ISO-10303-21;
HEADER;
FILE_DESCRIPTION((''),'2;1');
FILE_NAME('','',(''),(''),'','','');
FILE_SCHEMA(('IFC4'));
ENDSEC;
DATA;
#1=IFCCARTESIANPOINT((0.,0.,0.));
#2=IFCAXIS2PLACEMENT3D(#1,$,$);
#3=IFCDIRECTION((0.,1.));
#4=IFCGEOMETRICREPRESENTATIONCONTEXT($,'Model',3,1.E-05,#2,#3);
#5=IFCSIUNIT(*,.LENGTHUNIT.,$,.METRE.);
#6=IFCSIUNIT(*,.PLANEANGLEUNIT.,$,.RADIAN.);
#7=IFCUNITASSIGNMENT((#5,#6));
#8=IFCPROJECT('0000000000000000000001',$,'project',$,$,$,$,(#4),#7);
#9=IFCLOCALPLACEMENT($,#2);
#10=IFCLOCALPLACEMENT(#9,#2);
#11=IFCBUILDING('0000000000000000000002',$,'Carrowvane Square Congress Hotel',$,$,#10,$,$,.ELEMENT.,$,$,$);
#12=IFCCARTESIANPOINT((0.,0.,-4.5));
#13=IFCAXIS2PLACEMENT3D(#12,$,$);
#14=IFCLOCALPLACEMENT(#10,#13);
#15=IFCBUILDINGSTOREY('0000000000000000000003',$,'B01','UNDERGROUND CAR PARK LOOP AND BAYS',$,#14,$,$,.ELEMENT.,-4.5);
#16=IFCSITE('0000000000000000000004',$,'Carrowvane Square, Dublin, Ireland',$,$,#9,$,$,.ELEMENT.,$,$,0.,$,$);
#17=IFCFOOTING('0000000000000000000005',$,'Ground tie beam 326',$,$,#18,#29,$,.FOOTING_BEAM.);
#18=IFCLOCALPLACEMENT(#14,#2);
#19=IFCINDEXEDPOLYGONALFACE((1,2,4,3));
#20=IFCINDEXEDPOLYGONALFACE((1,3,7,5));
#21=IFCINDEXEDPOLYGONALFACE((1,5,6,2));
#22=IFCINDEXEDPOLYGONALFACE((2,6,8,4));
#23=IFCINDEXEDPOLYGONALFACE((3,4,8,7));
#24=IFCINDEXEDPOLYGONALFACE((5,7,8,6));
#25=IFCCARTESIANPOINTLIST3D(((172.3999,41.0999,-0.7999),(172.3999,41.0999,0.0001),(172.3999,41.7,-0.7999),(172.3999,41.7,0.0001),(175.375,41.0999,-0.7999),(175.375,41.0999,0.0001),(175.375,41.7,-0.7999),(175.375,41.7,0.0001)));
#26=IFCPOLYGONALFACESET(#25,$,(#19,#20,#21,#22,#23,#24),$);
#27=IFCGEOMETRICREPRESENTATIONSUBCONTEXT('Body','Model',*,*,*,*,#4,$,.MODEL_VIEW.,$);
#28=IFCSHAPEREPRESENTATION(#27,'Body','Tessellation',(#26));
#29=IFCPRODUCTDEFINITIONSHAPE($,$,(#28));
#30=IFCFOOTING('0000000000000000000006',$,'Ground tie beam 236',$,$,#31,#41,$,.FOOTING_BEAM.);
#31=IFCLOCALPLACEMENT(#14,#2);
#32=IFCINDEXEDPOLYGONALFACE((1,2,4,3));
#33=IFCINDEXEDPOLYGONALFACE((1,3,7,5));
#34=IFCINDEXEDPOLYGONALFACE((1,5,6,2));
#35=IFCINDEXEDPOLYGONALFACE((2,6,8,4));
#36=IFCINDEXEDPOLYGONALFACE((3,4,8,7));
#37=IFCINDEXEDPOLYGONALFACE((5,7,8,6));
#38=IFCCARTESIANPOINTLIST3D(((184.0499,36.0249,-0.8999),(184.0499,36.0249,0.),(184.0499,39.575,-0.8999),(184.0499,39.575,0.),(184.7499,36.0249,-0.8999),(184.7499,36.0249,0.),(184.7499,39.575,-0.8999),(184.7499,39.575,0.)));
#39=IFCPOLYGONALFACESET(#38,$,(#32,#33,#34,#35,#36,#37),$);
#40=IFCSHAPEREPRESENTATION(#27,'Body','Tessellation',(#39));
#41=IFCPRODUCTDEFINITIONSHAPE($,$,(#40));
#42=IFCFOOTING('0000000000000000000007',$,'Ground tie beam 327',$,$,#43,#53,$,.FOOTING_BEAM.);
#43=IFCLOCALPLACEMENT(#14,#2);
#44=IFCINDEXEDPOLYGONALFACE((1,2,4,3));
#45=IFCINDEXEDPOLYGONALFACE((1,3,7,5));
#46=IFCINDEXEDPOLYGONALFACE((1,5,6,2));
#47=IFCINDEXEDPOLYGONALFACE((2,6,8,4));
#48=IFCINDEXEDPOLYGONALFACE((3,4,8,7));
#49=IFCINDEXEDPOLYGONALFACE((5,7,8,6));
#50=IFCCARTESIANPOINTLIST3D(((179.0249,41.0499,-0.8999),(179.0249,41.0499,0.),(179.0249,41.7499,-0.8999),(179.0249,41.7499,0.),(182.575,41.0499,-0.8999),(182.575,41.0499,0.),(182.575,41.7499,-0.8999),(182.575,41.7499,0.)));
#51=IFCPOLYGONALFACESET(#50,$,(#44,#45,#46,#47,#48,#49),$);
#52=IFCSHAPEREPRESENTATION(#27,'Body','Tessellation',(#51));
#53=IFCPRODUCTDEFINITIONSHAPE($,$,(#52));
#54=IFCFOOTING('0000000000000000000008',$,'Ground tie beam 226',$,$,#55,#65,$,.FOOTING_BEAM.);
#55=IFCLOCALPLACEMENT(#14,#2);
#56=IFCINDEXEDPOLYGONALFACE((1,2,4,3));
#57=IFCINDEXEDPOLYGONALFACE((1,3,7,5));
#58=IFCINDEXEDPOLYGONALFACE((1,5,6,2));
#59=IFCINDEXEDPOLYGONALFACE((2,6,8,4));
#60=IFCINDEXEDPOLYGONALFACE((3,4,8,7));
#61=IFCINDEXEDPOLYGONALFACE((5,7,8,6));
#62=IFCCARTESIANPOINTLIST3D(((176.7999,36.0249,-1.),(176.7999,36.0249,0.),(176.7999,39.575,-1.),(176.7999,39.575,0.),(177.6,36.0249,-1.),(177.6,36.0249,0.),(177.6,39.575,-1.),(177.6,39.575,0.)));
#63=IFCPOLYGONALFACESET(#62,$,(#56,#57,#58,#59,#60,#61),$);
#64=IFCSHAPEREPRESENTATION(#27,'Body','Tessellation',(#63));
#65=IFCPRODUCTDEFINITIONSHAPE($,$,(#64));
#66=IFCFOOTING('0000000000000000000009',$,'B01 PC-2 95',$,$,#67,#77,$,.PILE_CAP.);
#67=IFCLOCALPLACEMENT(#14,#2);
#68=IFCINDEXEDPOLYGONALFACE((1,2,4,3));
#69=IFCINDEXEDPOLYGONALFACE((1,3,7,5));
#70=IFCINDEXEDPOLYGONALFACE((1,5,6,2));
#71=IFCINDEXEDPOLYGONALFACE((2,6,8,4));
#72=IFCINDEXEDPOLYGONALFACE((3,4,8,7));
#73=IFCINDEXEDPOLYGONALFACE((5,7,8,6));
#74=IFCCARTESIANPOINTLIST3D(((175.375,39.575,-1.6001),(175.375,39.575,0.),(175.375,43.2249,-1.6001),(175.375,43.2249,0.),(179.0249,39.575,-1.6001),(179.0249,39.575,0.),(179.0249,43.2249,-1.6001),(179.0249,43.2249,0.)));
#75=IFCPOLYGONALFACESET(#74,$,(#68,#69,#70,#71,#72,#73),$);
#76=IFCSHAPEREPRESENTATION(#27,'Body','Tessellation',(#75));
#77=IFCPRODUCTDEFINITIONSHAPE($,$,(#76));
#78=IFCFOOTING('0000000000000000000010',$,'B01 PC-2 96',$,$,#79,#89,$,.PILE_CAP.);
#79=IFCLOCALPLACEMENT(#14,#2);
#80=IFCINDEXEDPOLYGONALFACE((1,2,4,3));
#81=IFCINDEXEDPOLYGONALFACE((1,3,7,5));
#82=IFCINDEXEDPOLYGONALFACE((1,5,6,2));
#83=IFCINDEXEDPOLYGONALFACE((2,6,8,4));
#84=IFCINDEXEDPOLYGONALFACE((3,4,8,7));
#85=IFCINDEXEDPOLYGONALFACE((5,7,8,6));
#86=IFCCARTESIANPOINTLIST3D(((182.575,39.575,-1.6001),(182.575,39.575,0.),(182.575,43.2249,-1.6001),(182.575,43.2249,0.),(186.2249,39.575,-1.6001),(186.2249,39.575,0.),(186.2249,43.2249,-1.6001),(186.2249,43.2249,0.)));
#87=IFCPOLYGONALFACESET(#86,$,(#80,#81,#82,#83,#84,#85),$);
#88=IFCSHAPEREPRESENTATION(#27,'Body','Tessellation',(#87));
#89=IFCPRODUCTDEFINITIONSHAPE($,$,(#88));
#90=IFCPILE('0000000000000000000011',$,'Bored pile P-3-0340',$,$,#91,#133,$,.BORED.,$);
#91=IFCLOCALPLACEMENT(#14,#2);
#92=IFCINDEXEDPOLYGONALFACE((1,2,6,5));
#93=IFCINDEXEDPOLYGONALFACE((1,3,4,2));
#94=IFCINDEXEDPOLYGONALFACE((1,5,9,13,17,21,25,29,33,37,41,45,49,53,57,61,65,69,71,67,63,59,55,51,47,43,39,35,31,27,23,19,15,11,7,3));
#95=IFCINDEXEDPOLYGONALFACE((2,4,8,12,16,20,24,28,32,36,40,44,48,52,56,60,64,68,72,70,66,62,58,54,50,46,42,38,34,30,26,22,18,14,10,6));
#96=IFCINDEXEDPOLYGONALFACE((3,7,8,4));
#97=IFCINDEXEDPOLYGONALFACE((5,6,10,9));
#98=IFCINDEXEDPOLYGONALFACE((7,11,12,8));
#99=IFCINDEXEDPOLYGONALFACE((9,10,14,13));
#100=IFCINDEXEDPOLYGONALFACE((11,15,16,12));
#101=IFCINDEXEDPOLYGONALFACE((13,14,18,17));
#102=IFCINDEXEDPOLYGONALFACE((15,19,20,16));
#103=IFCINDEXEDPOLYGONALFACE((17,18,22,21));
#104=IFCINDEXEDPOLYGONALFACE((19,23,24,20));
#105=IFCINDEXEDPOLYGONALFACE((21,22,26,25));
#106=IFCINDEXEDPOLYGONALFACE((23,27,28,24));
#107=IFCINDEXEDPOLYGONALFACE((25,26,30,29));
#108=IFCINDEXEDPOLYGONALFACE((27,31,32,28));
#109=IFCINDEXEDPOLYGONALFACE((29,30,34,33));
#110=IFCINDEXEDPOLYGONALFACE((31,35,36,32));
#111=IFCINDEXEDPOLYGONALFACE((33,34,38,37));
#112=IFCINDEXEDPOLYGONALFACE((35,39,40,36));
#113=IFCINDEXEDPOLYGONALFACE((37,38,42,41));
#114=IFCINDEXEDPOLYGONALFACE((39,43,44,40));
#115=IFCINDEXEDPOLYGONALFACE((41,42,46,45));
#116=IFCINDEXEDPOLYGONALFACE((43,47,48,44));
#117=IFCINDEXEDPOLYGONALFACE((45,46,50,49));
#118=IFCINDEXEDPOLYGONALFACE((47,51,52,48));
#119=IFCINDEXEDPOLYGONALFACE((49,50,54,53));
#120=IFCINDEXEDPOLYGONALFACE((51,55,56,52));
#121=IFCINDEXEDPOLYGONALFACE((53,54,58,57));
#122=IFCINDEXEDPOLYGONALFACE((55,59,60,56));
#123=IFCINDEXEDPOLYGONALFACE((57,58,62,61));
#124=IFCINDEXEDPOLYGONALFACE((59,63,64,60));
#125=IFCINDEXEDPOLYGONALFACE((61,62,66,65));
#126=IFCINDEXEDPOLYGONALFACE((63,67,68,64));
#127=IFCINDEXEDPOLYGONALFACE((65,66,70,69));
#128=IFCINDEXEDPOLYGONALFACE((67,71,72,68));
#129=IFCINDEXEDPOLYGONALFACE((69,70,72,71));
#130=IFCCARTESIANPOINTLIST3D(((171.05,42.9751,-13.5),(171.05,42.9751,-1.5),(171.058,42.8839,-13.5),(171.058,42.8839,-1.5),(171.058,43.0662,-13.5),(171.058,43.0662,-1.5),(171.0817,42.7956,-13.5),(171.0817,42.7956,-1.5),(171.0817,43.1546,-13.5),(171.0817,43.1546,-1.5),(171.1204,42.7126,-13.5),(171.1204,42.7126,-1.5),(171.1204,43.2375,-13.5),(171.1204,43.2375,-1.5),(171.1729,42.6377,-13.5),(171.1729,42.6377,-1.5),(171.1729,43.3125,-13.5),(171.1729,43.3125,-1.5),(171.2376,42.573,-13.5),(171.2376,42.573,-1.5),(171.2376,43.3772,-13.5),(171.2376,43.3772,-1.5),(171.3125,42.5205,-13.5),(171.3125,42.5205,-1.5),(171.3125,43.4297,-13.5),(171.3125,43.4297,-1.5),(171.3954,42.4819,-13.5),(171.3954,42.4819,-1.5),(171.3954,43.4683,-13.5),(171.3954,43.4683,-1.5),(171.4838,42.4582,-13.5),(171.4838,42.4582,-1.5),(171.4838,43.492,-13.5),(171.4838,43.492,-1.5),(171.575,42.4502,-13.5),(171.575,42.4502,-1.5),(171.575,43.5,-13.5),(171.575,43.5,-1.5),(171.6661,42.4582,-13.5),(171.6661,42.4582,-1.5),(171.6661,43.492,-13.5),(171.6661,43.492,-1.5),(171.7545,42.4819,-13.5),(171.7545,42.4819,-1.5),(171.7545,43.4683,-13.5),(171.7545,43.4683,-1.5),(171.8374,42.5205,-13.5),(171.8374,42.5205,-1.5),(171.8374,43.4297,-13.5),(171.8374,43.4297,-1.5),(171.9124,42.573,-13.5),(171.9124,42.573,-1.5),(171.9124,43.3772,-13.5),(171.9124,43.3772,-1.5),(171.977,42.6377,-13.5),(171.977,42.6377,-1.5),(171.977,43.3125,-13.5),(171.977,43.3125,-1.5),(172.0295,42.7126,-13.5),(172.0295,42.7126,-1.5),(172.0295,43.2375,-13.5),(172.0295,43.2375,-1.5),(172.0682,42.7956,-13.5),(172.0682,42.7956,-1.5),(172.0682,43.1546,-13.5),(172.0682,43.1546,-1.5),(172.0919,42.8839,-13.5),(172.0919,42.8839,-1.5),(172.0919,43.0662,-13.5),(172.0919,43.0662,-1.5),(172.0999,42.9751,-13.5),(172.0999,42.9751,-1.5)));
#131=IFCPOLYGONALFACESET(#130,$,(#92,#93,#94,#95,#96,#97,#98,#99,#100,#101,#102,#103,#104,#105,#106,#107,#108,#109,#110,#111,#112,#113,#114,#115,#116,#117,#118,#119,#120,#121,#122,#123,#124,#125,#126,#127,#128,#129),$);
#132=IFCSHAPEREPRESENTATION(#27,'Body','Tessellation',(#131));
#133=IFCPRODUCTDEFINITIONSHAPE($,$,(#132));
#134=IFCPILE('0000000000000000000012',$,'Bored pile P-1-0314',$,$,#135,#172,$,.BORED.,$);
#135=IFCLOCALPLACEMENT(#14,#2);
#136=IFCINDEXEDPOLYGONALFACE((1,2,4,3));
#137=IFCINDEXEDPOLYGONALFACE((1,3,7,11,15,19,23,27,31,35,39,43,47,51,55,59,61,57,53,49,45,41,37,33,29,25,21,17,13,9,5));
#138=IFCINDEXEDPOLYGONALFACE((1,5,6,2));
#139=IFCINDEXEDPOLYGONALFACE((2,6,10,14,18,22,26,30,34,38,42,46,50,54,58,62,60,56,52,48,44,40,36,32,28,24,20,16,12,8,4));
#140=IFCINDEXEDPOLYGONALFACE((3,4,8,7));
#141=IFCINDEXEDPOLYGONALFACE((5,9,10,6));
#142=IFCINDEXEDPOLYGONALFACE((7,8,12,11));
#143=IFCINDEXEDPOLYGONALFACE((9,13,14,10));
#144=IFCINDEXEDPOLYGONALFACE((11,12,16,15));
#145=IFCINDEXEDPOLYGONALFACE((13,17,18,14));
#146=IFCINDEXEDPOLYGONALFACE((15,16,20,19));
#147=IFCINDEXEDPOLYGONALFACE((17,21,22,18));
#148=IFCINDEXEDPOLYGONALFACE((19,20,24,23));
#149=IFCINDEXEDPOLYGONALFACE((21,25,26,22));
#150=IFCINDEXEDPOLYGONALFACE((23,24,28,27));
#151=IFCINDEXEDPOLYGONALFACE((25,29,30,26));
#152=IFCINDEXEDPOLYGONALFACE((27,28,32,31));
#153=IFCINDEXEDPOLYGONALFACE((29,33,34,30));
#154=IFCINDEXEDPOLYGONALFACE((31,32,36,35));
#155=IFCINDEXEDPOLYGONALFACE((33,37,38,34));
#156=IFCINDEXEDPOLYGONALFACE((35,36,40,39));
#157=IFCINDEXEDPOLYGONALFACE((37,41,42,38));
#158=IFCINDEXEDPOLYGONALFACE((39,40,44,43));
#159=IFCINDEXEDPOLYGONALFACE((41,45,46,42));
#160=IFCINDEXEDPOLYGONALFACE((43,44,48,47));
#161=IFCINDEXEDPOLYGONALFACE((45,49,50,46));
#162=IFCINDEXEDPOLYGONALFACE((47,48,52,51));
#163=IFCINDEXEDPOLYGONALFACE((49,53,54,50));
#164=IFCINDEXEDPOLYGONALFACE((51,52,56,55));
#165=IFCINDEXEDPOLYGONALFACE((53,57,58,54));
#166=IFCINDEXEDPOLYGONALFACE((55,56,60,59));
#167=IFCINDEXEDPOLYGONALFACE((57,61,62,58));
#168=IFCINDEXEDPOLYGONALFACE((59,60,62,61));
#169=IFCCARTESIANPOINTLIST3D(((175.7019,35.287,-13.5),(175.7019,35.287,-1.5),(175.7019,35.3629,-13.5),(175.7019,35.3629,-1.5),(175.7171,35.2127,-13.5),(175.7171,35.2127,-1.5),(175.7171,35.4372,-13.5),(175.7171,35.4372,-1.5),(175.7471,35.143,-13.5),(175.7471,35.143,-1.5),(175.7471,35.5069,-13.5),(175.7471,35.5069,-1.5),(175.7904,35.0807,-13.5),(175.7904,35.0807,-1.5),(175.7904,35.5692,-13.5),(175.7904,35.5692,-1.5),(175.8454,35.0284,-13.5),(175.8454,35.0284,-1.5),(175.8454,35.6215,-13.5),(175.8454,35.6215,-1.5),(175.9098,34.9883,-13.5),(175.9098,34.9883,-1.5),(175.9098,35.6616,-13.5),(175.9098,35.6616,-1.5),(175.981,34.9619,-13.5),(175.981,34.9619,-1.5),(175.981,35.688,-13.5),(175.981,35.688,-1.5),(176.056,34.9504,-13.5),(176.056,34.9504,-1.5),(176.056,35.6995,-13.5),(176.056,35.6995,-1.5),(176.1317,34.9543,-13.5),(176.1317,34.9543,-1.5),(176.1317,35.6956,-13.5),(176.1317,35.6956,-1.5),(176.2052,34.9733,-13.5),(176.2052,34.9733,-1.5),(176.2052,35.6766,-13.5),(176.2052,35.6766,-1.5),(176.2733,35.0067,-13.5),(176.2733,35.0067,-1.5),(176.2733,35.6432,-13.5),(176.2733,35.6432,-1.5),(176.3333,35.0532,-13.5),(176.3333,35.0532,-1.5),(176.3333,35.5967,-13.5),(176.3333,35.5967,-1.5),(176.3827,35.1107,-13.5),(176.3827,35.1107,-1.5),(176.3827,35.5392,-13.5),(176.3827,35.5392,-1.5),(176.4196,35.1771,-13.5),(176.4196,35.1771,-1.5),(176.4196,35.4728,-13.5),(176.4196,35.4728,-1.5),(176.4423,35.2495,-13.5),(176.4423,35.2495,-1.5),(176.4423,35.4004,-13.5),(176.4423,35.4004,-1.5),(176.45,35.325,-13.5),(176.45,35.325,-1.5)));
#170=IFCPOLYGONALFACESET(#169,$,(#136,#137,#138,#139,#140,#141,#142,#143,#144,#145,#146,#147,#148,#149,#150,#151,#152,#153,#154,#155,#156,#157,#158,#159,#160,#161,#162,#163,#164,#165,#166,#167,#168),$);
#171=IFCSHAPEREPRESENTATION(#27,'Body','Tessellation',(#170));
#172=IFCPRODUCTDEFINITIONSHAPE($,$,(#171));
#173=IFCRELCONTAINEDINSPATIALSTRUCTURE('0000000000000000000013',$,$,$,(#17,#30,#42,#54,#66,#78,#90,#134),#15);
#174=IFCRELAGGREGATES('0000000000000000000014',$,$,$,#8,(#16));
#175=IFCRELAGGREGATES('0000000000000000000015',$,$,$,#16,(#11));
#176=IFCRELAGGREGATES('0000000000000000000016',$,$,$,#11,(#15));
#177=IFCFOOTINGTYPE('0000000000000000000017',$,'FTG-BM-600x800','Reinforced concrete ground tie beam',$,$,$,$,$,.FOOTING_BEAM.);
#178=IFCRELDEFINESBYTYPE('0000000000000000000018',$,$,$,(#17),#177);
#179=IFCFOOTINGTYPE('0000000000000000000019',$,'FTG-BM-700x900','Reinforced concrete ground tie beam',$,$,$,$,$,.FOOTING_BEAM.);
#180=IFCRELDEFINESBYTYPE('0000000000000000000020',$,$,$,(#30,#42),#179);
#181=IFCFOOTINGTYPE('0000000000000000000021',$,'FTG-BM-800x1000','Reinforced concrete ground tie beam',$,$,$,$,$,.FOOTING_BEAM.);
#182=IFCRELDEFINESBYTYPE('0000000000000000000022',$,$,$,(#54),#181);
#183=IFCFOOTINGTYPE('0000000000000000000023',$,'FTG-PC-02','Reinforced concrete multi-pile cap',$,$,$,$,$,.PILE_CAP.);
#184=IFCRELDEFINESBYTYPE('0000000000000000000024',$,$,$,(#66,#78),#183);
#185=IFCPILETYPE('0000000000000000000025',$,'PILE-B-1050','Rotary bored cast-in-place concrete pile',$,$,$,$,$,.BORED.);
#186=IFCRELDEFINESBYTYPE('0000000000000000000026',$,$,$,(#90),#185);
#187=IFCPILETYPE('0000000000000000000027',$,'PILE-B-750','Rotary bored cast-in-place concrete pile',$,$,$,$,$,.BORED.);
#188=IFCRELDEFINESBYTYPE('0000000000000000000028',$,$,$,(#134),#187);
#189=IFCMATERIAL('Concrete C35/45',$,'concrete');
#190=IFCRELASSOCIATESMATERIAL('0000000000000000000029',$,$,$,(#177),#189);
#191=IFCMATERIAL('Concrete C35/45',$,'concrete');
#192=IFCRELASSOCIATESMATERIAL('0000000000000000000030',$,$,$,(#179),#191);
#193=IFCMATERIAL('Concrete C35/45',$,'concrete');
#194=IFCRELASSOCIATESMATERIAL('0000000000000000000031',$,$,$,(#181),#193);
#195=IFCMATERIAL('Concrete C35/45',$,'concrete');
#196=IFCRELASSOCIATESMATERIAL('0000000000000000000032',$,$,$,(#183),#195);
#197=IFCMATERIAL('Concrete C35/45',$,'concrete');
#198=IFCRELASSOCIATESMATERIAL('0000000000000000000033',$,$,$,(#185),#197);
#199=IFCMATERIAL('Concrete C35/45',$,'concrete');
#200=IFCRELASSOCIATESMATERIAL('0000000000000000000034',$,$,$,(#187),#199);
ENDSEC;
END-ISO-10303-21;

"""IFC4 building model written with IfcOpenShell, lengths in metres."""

from ifc_helpers import new_model, si_unit, direction, frame, origin, origin_2d, place, context, subcontext, project, spatial, rectangle, circle, extrude, material, material_profile, profile_set, type_object, element, save


model = new_model("IFC4")

# Units and contexts
model_context = context("Model", 3, precision=1e-05, world=origin(), true_north=direction((0.0, 1.0)))
body_context = subcontext(model_context, "Body", "Model", "MODEL_VIEW")
ifc_project = project(units=[si_unit("LENGTHUNIT", "METRE"), si_unit("PLANEANGLEUNIT", "RADIAN")], contexts=[model_context])

# Site, building, storey
site_placement = place(None, origin())
site = spatial("IfcSite", under=ifc_project, at=site_placement, Name="Carrowvane Square, Dublin, Ireland", CompositionType="ELEMENT", RefElevation=0.0)
building_placement = place(site_placement, origin())
building = spatial("IfcBuilding", under=site, at=building_placement, Name="Carrowvane Square Congress Hotel", CompositionType="ELEMENT")
storey_placement = place(building_placement, frame((0.0, 0.0, -4.5)))
storey = spatial("IfcBuildingStorey", under=building, at=storey_placement, Name="B01", Description="UNDERGROUND CAR PARK LOOP AND BAYS", CompositionType="ELEMENT", Elevation=-4.5)

# Footings
ifc_material_1 = material(Name="Concrete C35/45", Category="concrete")
ifc_material_profile_1 = material_profile(ifc_material_1, rectangle(XDim=0.6001, YDim=0.8, at=origin_2d()), Name="RC 600x800")
ifc_profile_set_1 = profile_set([ifc_material_profile_1], Name="Concrete C35/45")
footing_type_1 = type_object("IfcFootingType", Name="FTG-BM-600x800", Description="Reinforced concrete ground tie beam", PredefinedType="FOOTING_BEAM", material=ifc_profile_set_1)
footing_1_placement = place(storey_placement, frame((172.3999, 41.3999, -0.3999), z_axis=(1.0, 0.0, 0.0), x_axis=(0.0, 1.0, 0.0)))
element("IfcFooting", 1, at=footing_1_placement, inside=storey, type_object=footing_type_1, Name="Ground tie beam 326", PredefinedType="FOOTING_BEAM", context=body_context, shape_type="SweptSolid", body=[
    extrude(rectangle(XDim=0.6001, YDim=0.8, at=origin_2d()), origin(), (0.0, 0.0, 1.0), 2.9751),
])
ifc_material_2 = material(Name="Concrete C35/45", Category="concrete")
ifc_material_profile_2 = material_profile(ifc_material_2, rectangle(XDim=0.7, YDim=0.8999, at=origin_2d()), Name="RC 700x900")
ifc_profile_set_2 = profile_set([ifc_material_profile_2], Name="Concrete C35/45")
footing_type_2 = type_object("IfcFootingType", Name="FTG-BM-700x900", Description="Reinforced concrete ground tie beam", PredefinedType="FOOTING_BEAM", material=ifc_profile_set_2)
for number, where, z_axis, x_axis, name in (
    (2, (184.3999, 36.0249, -0.45), (0.0, 1.0, 0.0), (-1.0, 0.0, 0.0), "Ground tie beam 236"),
    (3, (179.0249, 41.3999, -0.45), (1.0, 0.0, 0.0), (0.0, 1.0, 0.0), "Ground tie beam 327"),
):
    element("IfcFooting", number, at=place(storey_placement, frame(where, z_axis=z_axis, x_axis=x_axis)), inside=storey, type_object=footing_type_2, Name=name, PredefinedType="FOOTING_BEAM", context=body_context, shape_type="SweptSolid", body=[
        extrude(rectangle(XDim=0.7, YDim=0.8999, at=origin_2d()), origin(), (0.0, 0.0, 1.0), 3.55),
    ])
ifc_material_3 = material(Name="Concrete C35/45", Category="concrete")
ifc_material_profile_3 = material_profile(ifc_material_3, rectangle(XDim=0.8, YDim=1.0, at=origin_2d()), Name="RC 800x1000")
ifc_profile_set_3 = profile_set([ifc_material_profile_3], Name="Concrete C35/45")
footing_type_3 = type_object("IfcFootingType", Name="FTG-BM-800x1000", Description="Reinforced concrete ground tie beam", PredefinedType="FOOTING_BEAM", material=ifc_profile_set_3)
footing_2_placement = place(storey_placement, frame((177.2, 36.0249, -0.5), z_axis=(0.0, 1.0, 0.0), x_axis=(-1.0, 0.0, 0.0)))
element("IfcFooting", 4, at=footing_2_placement, inside=storey, type_object=footing_type_3, Name="Ground tie beam 226", PredefinedType="FOOTING_BEAM", context=body_context, shape_type="SweptSolid", body=[
    extrude(rectangle(XDim=0.8, YDim=1.0, at=origin_2d()), origin(), (0.0, 0.0, 1.0), 3.55),
])
ifc_material_4 = material(Name="Concrete C35/45", Category="concrete")
footing_type_4 = type_object("IfcFootingType", Name="FTG-PC-02", Description="Reinforced concrete multi-pile cap", PredefinedType="PILE_CAP", material=ifc_material_4)
for number, where, z_axis, x_axis, name in (
    (5, (177.2, 41.3999, -1.6001), (0.0, 0.0, 1.0), (1.0, 0.0, 0.0), "B01 PC-2 95"),
    (6, (184.3999, 41.3999, -1.6001), (0.0, 0.0, 1.0), (1.0, 0.0, 0.0), "B01 PC-2 96"),
):
    element("IfcFooting", number, at=place(storey_placement, frame(where, z_axis=z_axis, x_axis=x_axis)), inside=storey, type_object=footing_type_4, Name=name, PredefinedType="PILE_CAP", context=body_context, shape_type="SweptSolid", body=[
        extrude(rectangle(XDim=3.6499, YDim=3.6499, at=origin_2d()), origin(), (0.0, 0.0, 1.0), 1.6001),
    ])

# Piles
ifc_material_5 = material(Name="Concrete C35/45", Category="concrete")
ifc_material_profile_4 = material_profile(ifc_material_5, circle(Radius=0.5249, at=origin_2d()), Name="PILE D1050")
ifc_profile_set_4 = profile_set([ifc_material_profile_4], Name="Concrete C35/45")
pile_type_1 = type_object("IfcPileType", Name="PILE-B-1050", Description="Rotary bored cast-in-place concrete pile", PredefinedType="BORED", material=ifc_profile_set_4)
pile_placement = place(storey_placement, frame((171.575, 42.9751, -1.5), z_axis=(0.0, 0.0, -1.0), x_axis=(1.0, 0.0, 0.0)))
element("IfcPile", 7, at=pile_placement, inside=storey, type_object=pile_type_1, Name="Bored pile P-3-0340", PredefinedType="BORED", context=body_context, shape_type="SweptSolid", body=[
    extrude(circle(Radius=0.5249, at=origin_2d()), origin(), (0.0, 0.0, 1.0), 12.0),
])
ifc_material_6 = material(Name="Concrete C35/45", Category="concrete")
ifc_material_profile_5 = material_profile(ifc_material_6, circle(Radius=0.375, at=origin_2d()), Name="PILE D750")
ifc_profile_set_5 = profile_set([ifc_material_profile_5], Name="Concrete C35/45")
pile_type_2 = type_object("IfcPileType", Name="PILE-B-750", Description="Rotary bored cast-in-place concrete pile", PredefinedType="BORED", material=ifc_profile_set_5)
for number, where, z_axis, x_axis, name in (
    (8, (176.075, 35.325, -1.5), (0.0, 0.0, -1.0), (1.0, 0.0, 0.0), "Bored pile P-1-0314"),
):
    element("IfcPile", number, at=place(storey_placement, frame(where, z_axis=z_axis, x_axis=x_axis)), inside=storey, type_object=pile_type_2, Name=name, PredefinedType="BORED", context=body_context, shape_type="SweptSolid", body=[
        extrude(circle(Radius=0.375, at=origin_2d()), origin(), (0.0, 0.0, 1.0), 12.0),
    ])

save(model, "model.ifc")
